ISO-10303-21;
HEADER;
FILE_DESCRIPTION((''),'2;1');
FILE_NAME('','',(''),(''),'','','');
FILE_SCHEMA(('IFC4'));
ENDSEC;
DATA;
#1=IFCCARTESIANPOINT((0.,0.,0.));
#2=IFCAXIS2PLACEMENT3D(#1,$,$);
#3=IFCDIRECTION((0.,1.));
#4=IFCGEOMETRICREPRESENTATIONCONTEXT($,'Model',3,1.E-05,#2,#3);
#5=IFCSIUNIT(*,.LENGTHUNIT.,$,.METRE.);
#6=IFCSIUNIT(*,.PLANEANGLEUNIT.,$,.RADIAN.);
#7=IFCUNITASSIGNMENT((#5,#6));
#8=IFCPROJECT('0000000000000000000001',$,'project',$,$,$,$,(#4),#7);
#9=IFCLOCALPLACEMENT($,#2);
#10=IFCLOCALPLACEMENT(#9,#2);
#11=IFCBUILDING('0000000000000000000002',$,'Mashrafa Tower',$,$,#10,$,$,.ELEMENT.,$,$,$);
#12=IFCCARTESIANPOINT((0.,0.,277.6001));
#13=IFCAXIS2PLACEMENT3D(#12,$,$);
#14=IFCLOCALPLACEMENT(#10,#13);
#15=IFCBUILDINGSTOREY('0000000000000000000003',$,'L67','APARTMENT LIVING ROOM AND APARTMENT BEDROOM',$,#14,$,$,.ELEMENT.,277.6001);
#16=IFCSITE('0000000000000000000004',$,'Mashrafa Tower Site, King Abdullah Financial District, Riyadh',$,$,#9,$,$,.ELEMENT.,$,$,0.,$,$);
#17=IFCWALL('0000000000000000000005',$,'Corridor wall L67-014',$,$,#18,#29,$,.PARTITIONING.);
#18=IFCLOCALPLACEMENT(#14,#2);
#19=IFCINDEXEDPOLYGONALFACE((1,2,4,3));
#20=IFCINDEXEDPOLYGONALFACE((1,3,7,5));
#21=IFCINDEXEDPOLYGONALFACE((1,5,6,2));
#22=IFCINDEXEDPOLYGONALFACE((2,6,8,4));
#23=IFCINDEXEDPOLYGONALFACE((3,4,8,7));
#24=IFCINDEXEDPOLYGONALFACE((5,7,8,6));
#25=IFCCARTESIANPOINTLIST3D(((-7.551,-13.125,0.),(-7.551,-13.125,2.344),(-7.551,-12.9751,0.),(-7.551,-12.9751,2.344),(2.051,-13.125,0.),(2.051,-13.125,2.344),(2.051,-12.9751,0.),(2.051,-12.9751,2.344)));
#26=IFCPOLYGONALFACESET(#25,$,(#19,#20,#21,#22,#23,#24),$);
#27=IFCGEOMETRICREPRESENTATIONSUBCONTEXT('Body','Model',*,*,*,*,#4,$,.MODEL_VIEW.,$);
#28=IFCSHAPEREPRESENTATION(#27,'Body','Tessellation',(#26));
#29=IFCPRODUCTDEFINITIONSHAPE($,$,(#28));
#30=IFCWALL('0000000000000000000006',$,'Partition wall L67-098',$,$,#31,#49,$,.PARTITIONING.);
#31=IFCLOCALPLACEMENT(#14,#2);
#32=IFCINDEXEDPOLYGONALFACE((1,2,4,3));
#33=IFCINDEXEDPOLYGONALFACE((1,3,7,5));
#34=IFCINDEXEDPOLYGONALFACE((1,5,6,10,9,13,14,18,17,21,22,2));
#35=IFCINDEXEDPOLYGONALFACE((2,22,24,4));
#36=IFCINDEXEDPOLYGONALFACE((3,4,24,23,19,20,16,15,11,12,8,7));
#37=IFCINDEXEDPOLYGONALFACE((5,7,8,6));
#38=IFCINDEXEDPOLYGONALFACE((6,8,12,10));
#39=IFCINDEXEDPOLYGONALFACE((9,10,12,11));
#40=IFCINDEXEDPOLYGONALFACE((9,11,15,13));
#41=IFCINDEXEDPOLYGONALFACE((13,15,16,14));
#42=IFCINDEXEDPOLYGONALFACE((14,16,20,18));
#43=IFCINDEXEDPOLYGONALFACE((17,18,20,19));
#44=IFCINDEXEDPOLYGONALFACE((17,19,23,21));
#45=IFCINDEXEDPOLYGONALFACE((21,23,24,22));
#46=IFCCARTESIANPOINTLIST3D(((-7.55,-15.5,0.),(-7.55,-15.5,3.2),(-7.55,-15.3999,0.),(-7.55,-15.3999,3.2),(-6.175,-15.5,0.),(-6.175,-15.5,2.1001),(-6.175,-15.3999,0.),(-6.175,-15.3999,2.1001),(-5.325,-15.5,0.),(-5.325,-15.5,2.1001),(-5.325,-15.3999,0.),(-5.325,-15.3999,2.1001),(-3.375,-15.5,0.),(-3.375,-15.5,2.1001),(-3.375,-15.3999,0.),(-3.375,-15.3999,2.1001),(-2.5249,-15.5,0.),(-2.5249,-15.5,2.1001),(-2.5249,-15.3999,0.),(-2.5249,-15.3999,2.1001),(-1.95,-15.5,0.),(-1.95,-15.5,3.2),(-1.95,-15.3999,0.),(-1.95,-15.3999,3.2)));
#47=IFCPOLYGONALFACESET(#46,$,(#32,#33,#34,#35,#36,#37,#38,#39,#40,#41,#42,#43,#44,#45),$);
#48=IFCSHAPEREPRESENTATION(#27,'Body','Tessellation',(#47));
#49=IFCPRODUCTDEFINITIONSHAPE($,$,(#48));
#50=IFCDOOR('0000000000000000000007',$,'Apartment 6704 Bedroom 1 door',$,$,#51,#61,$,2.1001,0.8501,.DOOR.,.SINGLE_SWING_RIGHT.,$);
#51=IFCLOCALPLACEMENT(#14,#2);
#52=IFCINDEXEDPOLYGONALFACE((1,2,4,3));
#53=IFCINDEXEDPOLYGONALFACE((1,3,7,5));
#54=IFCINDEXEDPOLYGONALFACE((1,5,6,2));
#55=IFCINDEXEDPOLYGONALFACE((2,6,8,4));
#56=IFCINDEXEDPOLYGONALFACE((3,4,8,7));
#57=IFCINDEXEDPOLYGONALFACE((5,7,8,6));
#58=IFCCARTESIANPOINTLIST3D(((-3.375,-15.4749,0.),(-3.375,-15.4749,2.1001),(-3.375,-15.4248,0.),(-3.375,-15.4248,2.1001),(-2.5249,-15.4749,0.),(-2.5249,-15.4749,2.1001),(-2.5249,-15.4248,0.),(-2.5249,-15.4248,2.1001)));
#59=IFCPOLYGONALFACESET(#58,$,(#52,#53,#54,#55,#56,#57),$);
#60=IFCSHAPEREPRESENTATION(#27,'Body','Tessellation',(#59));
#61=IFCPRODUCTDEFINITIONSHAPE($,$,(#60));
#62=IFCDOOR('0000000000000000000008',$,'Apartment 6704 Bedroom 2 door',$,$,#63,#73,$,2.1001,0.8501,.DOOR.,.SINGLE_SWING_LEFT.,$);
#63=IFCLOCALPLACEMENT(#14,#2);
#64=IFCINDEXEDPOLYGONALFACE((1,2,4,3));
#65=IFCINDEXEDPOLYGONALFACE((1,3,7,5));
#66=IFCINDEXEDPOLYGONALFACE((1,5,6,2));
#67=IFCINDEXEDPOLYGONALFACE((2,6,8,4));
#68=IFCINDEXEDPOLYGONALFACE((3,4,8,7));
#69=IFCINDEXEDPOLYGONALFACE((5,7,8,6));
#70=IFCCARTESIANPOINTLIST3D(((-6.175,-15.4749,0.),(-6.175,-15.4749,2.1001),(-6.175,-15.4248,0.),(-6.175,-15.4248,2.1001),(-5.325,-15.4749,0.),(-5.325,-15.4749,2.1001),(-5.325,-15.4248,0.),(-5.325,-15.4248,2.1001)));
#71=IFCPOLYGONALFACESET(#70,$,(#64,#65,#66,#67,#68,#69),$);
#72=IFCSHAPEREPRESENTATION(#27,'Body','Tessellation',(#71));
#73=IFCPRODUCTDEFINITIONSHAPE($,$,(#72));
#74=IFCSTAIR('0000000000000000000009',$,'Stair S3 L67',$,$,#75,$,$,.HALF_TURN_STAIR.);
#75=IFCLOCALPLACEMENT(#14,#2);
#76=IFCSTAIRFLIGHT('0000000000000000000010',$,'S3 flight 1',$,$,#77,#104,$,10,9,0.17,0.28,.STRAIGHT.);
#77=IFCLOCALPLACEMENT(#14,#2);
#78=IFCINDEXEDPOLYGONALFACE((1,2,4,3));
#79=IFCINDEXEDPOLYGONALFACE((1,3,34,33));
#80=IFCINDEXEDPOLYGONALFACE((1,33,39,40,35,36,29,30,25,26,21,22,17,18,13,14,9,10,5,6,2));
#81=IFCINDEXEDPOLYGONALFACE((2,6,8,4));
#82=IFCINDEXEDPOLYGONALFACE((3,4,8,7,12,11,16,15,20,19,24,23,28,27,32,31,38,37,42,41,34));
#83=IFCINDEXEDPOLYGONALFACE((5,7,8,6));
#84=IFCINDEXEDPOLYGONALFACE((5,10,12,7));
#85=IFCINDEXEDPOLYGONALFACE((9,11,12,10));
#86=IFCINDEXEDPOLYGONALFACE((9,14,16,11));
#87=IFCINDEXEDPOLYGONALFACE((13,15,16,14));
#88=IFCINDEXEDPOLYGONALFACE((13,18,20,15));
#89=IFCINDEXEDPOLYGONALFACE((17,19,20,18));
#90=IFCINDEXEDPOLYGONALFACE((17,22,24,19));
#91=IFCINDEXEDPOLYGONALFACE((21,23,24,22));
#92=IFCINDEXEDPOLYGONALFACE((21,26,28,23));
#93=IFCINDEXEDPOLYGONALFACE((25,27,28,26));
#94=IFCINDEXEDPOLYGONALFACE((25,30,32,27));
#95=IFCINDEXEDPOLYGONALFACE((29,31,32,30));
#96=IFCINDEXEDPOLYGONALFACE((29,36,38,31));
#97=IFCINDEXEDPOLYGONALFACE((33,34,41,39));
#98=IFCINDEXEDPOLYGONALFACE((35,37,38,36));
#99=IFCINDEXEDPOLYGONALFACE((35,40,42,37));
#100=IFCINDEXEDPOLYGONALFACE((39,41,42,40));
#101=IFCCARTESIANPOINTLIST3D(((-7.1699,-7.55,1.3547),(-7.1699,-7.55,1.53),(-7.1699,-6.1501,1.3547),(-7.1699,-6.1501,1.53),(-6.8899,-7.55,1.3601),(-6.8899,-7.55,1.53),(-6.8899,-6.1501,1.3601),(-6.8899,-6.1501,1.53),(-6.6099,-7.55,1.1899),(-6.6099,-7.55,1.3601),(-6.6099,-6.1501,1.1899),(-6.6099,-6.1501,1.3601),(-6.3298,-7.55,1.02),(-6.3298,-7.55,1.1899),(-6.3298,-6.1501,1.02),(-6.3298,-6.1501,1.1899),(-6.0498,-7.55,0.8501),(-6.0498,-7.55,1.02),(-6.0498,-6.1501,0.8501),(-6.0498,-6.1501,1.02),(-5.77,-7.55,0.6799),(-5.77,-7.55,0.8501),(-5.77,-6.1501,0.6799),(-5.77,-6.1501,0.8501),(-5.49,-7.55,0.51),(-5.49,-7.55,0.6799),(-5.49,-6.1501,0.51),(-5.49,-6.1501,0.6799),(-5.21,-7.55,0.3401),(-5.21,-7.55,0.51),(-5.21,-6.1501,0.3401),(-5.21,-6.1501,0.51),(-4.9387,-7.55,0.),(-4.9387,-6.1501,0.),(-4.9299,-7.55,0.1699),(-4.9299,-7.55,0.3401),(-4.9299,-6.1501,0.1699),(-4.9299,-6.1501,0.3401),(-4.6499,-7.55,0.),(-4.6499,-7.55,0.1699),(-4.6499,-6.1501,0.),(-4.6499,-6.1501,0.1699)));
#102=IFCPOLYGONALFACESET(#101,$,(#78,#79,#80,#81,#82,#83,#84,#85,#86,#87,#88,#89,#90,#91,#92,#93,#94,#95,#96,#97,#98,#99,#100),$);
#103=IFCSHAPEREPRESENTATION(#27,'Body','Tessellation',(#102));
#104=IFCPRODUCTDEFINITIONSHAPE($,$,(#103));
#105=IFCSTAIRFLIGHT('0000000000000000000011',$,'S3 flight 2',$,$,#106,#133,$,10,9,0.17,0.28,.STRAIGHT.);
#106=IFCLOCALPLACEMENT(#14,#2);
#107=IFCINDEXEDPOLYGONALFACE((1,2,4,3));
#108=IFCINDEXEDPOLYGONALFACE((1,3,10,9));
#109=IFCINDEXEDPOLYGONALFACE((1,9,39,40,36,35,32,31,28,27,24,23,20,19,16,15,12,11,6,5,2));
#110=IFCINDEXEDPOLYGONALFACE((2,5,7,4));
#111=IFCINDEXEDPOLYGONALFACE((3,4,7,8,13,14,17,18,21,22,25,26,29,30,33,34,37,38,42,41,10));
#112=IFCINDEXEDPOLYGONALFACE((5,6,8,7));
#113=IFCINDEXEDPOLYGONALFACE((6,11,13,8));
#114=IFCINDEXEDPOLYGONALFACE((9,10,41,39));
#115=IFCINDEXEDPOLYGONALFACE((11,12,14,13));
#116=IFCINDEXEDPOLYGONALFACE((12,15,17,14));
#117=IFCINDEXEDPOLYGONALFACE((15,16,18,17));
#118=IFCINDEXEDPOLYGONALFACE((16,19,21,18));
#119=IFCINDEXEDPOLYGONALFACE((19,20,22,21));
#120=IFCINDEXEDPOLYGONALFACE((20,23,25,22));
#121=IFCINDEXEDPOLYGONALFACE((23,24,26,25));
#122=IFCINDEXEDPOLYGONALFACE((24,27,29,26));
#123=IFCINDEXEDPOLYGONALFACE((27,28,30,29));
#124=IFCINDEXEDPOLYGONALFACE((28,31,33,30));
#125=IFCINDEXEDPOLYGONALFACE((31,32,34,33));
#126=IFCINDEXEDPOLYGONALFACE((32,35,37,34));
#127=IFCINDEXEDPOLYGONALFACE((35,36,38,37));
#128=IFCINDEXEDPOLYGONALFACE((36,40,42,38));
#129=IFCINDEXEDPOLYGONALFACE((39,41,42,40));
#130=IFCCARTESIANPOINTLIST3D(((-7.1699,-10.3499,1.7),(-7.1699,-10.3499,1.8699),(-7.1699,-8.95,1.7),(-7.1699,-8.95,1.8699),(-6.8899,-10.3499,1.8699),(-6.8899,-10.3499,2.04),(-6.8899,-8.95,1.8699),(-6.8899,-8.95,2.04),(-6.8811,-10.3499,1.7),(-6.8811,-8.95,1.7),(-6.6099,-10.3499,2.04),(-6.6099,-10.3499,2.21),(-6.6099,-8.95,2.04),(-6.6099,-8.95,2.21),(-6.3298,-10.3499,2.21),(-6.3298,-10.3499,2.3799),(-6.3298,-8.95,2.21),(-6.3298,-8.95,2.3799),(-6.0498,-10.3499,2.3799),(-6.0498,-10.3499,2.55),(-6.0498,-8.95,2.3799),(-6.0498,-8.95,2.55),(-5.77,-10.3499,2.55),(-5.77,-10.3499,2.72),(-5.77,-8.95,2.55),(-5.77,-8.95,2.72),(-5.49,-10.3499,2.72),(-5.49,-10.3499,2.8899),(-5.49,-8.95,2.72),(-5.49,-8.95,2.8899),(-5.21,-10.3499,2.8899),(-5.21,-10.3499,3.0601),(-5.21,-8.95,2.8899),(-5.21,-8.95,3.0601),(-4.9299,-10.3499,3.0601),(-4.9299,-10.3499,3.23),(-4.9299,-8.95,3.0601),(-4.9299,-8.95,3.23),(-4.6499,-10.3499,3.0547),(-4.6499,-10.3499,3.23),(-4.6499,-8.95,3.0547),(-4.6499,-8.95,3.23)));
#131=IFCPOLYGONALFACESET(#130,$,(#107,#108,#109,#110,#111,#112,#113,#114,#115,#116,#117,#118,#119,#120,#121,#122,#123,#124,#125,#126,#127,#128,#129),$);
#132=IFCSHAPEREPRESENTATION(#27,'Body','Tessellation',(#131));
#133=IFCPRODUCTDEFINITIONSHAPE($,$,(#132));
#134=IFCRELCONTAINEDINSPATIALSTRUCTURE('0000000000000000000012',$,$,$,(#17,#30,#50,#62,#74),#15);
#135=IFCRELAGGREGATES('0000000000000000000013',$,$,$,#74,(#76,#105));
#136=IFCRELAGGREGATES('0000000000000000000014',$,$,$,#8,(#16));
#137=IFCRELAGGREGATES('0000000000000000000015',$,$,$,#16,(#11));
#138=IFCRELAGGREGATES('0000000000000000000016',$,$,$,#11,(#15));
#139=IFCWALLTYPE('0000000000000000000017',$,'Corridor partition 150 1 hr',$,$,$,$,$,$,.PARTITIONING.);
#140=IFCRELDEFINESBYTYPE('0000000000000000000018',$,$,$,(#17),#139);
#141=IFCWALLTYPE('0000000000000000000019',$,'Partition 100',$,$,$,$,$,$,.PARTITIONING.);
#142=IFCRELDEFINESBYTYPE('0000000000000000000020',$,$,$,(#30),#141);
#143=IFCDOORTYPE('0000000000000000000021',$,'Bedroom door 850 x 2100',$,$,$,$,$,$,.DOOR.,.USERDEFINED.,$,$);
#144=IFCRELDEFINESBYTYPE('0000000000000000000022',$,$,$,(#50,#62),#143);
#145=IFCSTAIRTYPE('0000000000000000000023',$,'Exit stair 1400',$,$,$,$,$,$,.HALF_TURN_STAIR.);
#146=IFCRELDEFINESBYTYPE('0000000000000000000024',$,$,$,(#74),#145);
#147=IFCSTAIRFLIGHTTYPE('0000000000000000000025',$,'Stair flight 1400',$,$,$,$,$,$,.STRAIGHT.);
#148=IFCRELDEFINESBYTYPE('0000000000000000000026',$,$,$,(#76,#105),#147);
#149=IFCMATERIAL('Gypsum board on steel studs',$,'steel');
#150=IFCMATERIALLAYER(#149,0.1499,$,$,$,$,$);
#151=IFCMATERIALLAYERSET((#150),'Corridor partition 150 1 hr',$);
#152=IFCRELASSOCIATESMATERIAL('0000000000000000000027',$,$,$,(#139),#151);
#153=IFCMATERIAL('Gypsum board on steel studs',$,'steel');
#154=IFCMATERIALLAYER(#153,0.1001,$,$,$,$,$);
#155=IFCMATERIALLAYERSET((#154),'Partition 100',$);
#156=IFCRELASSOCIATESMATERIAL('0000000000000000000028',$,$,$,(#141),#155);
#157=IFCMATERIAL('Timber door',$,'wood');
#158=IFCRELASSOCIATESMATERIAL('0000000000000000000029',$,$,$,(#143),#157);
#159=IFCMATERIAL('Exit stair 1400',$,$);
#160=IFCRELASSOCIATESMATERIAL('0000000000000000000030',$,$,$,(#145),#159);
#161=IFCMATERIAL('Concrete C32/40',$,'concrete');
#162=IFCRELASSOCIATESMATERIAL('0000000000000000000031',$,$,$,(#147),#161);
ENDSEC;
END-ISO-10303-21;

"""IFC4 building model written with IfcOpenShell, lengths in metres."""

from ifc_helpers import new_model, si_unit, direction, frame, frame_2d, origin, place, context, subcontext, project, spatial, polyline, rectangle, outline, extrude, material, layer, layer_set, type_object, element, fill, aggregate, save


model = new_model("IFC4")

# Units and contexts
model_context = context("Model", 3, precision=1e-05, world=origin(), true_north=direction((0.0, 1.0)))
body_context = subcontext(model_context, "Body", "Model", "MODEL_VIEW")
ifc_project = project(units=[si_unit("LENGTHUNIT", "METRE"), si_unit("PLANEANGLEUNIT", "RADIAN")], contexts=[model_context])

# Site, building, storey
site_placement = place(None, origin())
site = spatial("IfcSite", under=ifc_project, at=site_placement, Name="Mashrafa Tower Site, King Abdullah Financial District, Riyadh", CompositionType="ELEMENT", RefElevation=0.0)
building_placement = place(site_placement, origin())
building = spatial("IfcBuilding", under=site, at=building_placement, Name="Mashrafa Tower", CompositionType="ELEMENT")
storey_placement = place(building_placement, frame((0.0, 0.0, 277.6001)))
storey = spatial("IfcBuildingStorey", under=building, at=storey_placement, Name="L67", Description="APARTMENT LIVING ROOM AND APARTMENT BEDROOM", CompositionType="ELEMENT", Elevation=277.6001)

# Wall
ifc_material_1 = material(Name="Gypsum board on steel studs", Category="steel")
ifc_layer_1 = layer(ifc_material_1, 0.1499)
ifc_layer_set_1 = layer_set([ifc_layer_1], Name="Corridor partition 150 1 hr")
wall_type_1 = type_object("IfcWallType", Name="Corridor partition 150 1 hr", PredefinedType="PARTITIONING", material=ifc_layer_set_1)
wall_1_placement = place(storey_placement, frame((-7.551, -13.05, 0.0), z_axis=(0.0, 0.0, 1.0), x_axis=(1.0, 0.0, 0.0)))
element("IfcWall", 1, at=wall_1_placement, inside=storey, type_object=wall_type_1, Name="Corridor wall L67-014", PredefinedType="PARTITIONING", context=body_context, shape_type="SweptSolid", body=[
    extrude(rectangle(XDim=9.6021, YDim=0.1499, at=frame_2d((4.801, 0.0))), origin(), (0.0, 0.0, 1.0), 2.344),
])

# Wall, openings, doors
ifc_material_2 = material(Name="Gypsum board on steel studs", Category="steel")
ifc_layer_2 = layer(ifc_material_2, 0.1001)
ifc_layer_set_2 = layer_set([ifc_layer_2], Name="Partition 100")
wall_type_2 = type_object("IfcWallType", Name="Partition 100", PredefinedType="PARTITIONING", material=ifc_layer_set_2)
wall_2_placement = place(storey_placement, frame((-1.95, -15.45, 0.0), z_axis=(0.0, 0.0, 1.0), x_axis=(-1.0, 0.0, 0.0)))
wall_2 = element("IfcWall", 2, at=wall_2_placement, inside=storey, type_object=wall_type_2, Name="Partition wall L67-098", PredefinedType="PARTITIONING", context=body_context, shape_type="SweptSolid", body=[
    extrude(rectangle(XDim=5.6001, YDim=0.1001, at=frame_2d((2.8, 0.0))), origin(), (0.0, 0.0, 1.0), 3.2),
])
opening_1_placement = place(wall_2_placement, frame((0.575, 0.0, 0.0)))
opening_1 = element("IfcOpeningElement", 3, at=opening_1_placement, cuts=wall_2, PredefinedType="OPENING", context=body_context, shape_type="SweptSolid", body=[
    extrude(rectangle(XDim=0.8501, YDim=2.1001, at=frame_2d((0.425, 1.05))), frame((0.0, 0.0601, 0.0), z_axis=(0.0, -1.0, 0.0), x_axis=(1.0, 0.0, 0.0)), (0.0, 0.0, 1.0), 0.1201),
])
opening_2_placement = place(wall_2_placement, frame((3.375, 0.0, 0.0)))
opening_2 = element("IfcOpeningElement", 4, at=opening_2_placement, cuts=wall_2, PredefinedType="OPENING", context=body_context, shape_type="SweptSolid", body=[
    extrude(rectangle(XDim=0.8501, YDim=2.1001, at=frame_2d((0.425, 1.05))), frame((0.0, 0.0601, 0.0), z_axis=(0.0, -1.0, 0.0), x_axis=(1.0, 0.0, 0.0)), (0.0, 0.0, 1.0), 0.1201),
])
ifc_material_3 = material(Name="Timber door", Category="wood")
door_type_1 = type_object("IfcDoorType", Name="Bedroom door 850 x 2100", OperationType="USERDEFINED", PredefinedType="DOOR", material=ifc_material_3)
door_1_placement = place(opening_1_placement, origin())
door_1 = element("IfcDoor", 5, at=door_1_placement, inside=storey, type_object=door_type_1, Name="Apartment 6704 Bedroom 1 door", OperationType="SINGLE_SWING_RIGHT", OverallHeight=2.1001, OverallWidth=0.8501, PredefinedType="DOOR", context=body_context, shape_type="SweptSolid", body=[
    extrude(rectangle(XDim=0.8501, YDim=2.1001, at=frame_2d((0.425, 1.05))), frame((0.0, 0.0249, 0.0), z_axis=(0.0, -1.0, 0.0), x_axis=(1.0, 0.0, 0.0)), (0.0, 0.0, 1.0), 0.05),
])
fill(opening_1, door_1)
door_2_placement = place(opening_2_placement, origin())
door_2 = element("IfcDoor", 6, at=door_2_placement, inside=storey, type_object=door_type_1, Name="Apartment 6704 Bedroom 2 door", OperationType="SINGLE_SWING_LEFT", OverallHeight=2.1001, OverallWidth=0.8501, PredefinedType="DOOR", context=body_context, shape_type="SweptSolid", body=[
    extrude(rectangle(XDim=0.8501, YDim=2.1001, at=frame_2d((0.425, 1.05))), frame((0.0, 0.0249, 0.0), z_axis=(0.0, -1.0, 0.0), x_axis=(1.0, 0.0, 0.0)), (0.0, 0.0, 1.0), 0.05),
])
fill(opening_2, door_2)

# Stair, stair flights
ifc_material_4 = material(Name="Exit stair 1400")
stair_type = type_object("IfcStairType", Name="Exit stair 1400", PredefinedType="HALF_TURN_STAIR", material=ifc_material_4)
stair_placement = place(storey_placement, origin())
stair = element("IfcStair", 7, at=stair_placement, inside=storey, type_object=stair_type, Name="Stair S3 L67", PredefinedType="HALF_TURN_STAIR")
ifc_material_5 = material(Name="Concrete C32/40", Category="concrete")
stair_flight_type = type_object("IfcStairFlightType", Name="Stair flight 1400", PredefinedType="STRAIGHT", material=ifc_material_5)
stair_flight_1_placement = place(storey_placement, frame((-4.6499, -6.8501, 0.0), z_axis=(0.0, 0.0, 1.0), x_axis=(-1.0, 0.0, 0.0)))
stair_flight_1 = element("IfcStairFlight", 8, at=stair_flight_1_placement, type_object=stair_flight_type, Name="S3 flight 1", NumberOfRisers=10, NumberOfTreads=9, PredefinedType="STRAIGHT", RiserHeight=0.17, TreadLength=0.28, context=body_context, shape_type="SweptSolid", body=[
    extrude(outline(polyline([(0.0, 0.0), (0.0, 0.1699), (0.28, 0.1699), (0.28, 0.3401), (0.5601, 0.3401), (0.5601, 0.51), (0.8401, 0.51), (0.8401, 0.6799), (1.1201, 0.6799), (1.1201, 0.8501), (1.3999, 0.8501), (1.3999, 1.02), (1.6799, 1.02), (1.6799, 1.1899), (1.96, 1.1899), (1.96, 1.3601), (2.24, 1.3601), (2.24, 1.53), (2.52, 1.53), (2.52, 1.7), (2.52, 1.3547), (0.2888, 0.0), (0.0, 0.0)])), frame((0.0, 0.7, 0.0), z_axis=(0.0, -1.0, 0.0), x_axis=(1.0, 0.0, 0.0)), (0.0, 0.0, 1.0), 1.3999),
])
stair_flight_2_placement = place(storey_placement, frame((-7.1699, -9.6499, 1.7), z_axis=(0.0, 0.0, 1.0), x_axis=(1.0, 0.0, 0.0)))
stair_flight_2 = element("IfcStairFlight", 9, at=stair_flight_2_placement, type_object=stair_flight_type, Name="S3 flight 2", NumberOfRisers=10, NumberOfTreads=9, PredefinedType="STRAIGHT", RiserHeight=0.17, TreadLength=0.28, context=body_context, shape_type="SweptSolid", body=[
    extrude(outline(polyline([(0.0, 0.0), (0.0, 0.1699), (0.28, 0.1699), (0.28, 0.3401), (0.5601, 0.3401), (0.5601, 0.51), (0.8401, 0.51), (0.8401, 0.6799), (1.1201, 0.6799), (1.1201, 0.8501), (1.3999, 0.8501), (1.3999, 1.02), (1.6799, 1.02), (1.6799, 1.1899), (1.96, 1.1899), (1.96, 1.3601), (2.24, 1.3601), (2.24, 1.53), (2.52, 1.53), (2.52, 1.7), (2.52, 1.3547), (0.2888, 0.0), (0.0, 0.0)])), frame((0.0, 0.7, 0.0), z_axis=(0.0, -1.0, 0.0), x_axis=(1.0, 0.0, 0.0)), (0.0, 0.0, 1.0), 1.3999),
])
aggregate(stair, [stair_flight_1, stair_flight_2])

save(model, "model.ifc")
